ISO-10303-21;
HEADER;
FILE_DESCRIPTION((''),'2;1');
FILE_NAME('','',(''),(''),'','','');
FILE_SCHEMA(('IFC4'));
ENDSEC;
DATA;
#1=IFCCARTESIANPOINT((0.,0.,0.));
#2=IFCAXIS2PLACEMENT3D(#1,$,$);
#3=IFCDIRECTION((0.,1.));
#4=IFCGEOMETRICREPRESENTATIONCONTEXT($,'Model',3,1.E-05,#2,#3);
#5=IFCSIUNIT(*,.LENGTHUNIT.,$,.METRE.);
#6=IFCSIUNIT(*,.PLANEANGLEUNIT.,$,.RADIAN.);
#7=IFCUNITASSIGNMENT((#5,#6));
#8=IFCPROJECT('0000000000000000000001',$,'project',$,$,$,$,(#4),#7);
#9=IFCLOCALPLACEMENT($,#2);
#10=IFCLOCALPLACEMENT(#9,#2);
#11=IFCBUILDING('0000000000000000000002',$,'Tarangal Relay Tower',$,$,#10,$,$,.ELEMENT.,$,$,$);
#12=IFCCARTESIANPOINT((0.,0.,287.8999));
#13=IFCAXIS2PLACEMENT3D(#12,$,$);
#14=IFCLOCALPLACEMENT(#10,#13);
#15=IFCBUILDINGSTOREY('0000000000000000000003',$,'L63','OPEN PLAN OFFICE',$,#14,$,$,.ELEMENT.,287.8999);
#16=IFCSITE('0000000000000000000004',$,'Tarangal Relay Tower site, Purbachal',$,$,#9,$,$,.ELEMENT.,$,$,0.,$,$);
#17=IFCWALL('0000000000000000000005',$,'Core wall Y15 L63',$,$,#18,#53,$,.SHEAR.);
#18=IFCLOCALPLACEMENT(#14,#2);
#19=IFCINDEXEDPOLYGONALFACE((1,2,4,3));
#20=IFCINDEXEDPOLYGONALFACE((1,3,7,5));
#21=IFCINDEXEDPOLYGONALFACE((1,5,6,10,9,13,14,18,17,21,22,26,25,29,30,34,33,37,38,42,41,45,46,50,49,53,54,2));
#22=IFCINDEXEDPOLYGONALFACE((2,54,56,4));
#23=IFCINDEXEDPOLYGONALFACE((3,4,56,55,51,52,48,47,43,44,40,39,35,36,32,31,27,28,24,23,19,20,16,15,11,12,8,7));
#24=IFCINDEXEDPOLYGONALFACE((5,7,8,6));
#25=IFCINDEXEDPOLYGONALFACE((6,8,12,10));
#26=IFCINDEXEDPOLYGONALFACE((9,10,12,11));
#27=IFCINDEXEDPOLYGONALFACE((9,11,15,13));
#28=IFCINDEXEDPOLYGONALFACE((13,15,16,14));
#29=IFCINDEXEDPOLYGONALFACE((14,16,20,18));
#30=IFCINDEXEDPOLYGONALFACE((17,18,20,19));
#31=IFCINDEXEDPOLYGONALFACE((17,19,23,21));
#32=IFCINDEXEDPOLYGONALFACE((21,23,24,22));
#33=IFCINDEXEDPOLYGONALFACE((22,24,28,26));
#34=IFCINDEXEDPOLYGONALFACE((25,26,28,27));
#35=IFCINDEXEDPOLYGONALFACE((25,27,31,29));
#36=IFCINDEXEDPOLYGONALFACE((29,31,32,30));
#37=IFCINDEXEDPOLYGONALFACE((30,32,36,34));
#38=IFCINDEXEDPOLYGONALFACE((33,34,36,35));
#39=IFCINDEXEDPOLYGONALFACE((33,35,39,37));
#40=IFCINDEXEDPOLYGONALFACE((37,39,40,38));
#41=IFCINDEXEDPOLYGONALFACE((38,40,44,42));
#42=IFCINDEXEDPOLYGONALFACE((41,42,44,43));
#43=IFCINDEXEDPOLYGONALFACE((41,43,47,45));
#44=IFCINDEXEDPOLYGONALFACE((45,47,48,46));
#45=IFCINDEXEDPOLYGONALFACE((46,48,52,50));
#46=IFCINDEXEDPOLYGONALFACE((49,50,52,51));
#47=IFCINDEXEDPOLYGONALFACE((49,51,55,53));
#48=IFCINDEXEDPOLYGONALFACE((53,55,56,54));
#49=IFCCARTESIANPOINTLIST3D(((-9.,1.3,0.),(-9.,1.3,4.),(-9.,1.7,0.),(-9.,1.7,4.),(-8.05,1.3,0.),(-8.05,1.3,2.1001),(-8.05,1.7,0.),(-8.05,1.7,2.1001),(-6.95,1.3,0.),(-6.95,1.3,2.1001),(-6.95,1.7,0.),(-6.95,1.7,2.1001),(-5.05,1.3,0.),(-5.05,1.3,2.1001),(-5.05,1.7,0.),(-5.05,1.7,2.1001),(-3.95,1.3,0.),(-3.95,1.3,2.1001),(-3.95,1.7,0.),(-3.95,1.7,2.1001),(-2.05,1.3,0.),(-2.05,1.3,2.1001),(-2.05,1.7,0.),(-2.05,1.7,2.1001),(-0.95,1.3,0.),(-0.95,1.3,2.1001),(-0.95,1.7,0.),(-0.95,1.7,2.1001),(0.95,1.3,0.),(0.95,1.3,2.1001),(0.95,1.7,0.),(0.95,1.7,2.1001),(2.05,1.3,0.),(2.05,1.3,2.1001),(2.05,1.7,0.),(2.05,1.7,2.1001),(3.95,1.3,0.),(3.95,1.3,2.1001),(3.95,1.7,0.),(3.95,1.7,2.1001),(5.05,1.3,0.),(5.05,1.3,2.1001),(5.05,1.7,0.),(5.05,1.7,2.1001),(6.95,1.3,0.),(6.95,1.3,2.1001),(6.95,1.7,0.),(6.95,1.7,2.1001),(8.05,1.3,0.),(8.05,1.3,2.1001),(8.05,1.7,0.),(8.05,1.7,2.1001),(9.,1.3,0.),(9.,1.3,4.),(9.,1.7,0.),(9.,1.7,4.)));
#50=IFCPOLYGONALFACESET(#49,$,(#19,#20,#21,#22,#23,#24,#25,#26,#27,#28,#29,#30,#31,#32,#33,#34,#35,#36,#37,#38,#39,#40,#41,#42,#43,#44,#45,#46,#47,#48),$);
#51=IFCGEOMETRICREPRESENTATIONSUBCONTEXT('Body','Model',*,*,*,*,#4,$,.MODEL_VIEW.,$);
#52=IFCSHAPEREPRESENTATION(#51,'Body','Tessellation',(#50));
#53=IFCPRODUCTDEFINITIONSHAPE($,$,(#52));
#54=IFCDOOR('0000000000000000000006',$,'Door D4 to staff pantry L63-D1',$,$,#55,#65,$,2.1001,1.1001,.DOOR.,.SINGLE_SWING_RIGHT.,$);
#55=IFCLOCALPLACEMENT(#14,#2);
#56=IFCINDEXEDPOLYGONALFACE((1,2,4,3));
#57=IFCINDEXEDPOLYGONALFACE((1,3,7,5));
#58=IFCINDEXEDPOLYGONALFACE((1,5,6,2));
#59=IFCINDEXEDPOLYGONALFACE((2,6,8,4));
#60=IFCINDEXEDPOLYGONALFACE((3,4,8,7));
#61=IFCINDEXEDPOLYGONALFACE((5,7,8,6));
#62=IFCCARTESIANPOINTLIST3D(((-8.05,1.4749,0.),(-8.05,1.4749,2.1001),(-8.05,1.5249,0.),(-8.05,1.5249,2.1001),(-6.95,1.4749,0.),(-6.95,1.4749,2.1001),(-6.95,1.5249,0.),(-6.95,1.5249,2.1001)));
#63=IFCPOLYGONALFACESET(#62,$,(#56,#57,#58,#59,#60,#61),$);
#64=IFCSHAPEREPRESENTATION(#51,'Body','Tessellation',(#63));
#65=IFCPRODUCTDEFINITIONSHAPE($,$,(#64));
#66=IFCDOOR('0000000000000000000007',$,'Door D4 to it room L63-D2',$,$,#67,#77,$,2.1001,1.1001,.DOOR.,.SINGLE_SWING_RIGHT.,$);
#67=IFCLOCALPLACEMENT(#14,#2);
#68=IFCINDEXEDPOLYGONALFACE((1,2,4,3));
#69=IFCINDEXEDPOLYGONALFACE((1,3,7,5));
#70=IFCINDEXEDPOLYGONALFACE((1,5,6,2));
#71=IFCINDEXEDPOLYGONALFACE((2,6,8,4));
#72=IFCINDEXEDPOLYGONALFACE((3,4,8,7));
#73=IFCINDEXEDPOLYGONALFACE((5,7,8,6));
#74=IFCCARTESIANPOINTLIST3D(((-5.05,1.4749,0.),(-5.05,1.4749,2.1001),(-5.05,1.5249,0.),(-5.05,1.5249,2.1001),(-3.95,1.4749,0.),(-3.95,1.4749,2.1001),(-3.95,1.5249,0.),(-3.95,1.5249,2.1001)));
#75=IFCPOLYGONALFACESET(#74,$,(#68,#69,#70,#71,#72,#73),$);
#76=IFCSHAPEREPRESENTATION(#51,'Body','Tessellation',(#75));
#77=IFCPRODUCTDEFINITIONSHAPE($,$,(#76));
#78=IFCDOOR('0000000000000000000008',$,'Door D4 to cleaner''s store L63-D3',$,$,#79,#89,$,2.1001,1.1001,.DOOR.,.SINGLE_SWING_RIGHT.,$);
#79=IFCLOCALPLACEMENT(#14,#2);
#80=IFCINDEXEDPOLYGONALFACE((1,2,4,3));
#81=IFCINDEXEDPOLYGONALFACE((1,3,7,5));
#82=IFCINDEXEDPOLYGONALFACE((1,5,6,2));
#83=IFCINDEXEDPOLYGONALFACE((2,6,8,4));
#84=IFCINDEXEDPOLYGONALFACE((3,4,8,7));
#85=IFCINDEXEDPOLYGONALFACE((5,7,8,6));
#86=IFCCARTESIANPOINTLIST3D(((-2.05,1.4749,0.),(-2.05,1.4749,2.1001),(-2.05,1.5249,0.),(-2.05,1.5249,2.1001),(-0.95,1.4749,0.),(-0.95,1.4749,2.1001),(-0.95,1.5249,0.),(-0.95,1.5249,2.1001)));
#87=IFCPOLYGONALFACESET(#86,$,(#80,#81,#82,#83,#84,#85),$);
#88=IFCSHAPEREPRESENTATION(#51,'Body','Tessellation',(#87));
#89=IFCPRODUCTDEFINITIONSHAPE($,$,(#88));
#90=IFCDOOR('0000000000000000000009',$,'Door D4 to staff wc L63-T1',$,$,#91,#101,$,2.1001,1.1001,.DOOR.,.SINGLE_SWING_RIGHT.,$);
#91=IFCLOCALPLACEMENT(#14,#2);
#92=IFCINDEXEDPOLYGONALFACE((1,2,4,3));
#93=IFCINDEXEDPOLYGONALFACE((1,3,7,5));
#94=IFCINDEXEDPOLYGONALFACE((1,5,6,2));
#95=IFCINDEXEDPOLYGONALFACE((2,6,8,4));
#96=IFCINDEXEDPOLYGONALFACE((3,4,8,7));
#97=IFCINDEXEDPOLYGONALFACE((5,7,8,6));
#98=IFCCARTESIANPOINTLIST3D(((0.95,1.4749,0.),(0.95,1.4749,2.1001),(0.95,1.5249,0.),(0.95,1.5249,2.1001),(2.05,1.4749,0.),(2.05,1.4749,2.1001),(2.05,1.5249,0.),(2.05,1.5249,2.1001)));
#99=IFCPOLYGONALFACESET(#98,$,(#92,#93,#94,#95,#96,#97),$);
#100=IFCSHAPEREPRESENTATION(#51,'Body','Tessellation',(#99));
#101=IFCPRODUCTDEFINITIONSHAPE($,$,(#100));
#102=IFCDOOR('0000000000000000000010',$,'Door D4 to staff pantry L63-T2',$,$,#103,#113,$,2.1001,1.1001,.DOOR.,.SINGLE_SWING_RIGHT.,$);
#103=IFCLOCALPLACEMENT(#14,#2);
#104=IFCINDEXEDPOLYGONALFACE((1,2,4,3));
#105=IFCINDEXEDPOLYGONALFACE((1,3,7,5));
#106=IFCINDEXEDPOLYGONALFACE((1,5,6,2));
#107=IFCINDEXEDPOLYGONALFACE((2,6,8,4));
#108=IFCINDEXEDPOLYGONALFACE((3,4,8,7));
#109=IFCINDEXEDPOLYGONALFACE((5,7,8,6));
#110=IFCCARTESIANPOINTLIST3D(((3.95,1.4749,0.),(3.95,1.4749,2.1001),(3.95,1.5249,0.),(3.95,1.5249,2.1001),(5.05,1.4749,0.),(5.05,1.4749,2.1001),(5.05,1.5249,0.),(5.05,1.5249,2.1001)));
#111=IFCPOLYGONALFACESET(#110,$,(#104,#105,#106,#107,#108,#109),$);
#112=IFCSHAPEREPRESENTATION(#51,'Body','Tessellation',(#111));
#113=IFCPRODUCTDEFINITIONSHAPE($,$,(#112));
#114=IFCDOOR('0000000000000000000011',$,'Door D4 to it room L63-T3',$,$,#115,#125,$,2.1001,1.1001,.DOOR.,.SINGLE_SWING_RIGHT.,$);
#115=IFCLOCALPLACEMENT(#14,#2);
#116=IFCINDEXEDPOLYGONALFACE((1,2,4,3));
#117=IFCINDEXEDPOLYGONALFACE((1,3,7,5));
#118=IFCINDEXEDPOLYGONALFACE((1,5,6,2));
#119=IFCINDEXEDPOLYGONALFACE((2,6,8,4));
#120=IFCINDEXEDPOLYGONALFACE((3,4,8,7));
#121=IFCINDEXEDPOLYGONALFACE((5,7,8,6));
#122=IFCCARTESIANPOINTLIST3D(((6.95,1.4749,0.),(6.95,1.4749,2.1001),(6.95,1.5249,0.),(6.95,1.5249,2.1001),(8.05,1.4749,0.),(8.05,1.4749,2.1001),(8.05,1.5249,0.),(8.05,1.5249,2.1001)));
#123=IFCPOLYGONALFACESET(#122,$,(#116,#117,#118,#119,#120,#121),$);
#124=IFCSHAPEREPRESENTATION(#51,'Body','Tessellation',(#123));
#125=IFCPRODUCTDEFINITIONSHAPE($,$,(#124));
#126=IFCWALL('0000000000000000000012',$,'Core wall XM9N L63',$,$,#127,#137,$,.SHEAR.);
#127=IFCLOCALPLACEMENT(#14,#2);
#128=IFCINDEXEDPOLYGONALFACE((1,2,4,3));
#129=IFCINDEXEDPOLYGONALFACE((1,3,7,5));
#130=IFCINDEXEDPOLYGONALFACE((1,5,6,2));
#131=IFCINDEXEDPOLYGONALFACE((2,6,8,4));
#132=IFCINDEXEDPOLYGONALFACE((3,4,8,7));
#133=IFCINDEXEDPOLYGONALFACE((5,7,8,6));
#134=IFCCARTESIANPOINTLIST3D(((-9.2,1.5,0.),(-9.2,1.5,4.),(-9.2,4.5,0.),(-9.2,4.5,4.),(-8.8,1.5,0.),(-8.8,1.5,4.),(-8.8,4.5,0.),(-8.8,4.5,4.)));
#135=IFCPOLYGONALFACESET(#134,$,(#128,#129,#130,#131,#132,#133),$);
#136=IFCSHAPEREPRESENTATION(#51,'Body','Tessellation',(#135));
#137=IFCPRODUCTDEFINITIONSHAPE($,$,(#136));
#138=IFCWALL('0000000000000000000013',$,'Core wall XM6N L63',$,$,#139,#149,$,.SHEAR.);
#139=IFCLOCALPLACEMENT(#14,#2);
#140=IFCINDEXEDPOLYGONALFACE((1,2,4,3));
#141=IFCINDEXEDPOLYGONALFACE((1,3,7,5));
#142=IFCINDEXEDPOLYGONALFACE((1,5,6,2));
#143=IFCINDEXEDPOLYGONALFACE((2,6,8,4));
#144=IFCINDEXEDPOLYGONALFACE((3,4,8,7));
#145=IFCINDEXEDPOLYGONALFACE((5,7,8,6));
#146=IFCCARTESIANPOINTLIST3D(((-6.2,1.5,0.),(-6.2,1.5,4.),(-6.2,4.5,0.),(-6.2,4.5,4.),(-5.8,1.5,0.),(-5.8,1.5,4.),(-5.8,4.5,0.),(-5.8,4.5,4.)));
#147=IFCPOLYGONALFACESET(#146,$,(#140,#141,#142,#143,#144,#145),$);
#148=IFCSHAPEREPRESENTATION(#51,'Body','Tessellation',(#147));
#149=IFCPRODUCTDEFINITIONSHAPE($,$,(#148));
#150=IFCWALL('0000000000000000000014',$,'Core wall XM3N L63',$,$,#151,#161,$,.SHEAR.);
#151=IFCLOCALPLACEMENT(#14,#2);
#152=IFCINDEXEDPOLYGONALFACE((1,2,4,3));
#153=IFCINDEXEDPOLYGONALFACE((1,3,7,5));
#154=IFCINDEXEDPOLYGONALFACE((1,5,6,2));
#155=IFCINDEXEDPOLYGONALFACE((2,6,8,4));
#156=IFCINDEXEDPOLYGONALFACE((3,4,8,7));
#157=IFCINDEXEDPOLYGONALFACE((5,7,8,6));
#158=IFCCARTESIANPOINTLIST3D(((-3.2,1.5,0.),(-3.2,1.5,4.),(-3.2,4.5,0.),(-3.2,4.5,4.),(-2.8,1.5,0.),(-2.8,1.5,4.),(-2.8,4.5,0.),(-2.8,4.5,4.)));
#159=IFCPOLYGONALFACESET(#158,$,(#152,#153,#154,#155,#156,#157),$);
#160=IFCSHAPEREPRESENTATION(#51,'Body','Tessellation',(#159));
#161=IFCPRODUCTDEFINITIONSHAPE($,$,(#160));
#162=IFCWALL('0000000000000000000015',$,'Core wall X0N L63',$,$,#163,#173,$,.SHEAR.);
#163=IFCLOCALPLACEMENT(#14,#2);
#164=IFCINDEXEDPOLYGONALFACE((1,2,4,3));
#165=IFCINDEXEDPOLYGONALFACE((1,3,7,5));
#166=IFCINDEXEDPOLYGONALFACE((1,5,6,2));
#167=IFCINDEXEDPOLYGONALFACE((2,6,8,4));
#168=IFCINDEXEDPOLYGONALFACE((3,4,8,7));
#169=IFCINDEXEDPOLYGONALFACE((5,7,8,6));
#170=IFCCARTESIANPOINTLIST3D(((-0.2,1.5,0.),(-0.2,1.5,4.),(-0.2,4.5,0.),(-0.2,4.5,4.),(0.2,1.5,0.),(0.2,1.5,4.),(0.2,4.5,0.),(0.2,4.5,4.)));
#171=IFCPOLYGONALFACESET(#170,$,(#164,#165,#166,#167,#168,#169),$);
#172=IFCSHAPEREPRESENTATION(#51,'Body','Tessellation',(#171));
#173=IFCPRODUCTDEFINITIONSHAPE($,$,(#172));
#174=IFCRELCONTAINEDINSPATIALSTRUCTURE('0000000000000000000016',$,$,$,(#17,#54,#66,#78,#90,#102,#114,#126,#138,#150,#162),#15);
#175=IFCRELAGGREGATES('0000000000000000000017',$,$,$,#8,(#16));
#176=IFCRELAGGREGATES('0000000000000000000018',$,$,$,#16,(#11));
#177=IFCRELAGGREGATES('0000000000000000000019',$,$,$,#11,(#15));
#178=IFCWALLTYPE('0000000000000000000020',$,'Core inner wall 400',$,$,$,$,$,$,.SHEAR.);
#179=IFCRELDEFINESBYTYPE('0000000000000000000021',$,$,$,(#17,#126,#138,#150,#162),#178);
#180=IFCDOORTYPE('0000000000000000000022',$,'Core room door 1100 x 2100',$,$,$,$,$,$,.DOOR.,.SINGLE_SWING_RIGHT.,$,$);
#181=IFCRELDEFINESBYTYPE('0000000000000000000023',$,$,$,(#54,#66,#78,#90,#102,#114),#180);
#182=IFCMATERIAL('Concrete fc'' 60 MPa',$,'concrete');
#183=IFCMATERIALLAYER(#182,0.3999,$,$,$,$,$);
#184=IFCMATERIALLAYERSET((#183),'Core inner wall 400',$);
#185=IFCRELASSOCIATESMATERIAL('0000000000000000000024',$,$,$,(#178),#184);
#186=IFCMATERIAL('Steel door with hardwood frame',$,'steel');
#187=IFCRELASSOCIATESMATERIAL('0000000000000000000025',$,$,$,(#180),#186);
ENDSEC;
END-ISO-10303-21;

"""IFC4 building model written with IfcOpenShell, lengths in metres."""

from ifc_helpers import new_model, si_unit, direction, frame, frame_2d, origin, place, context, subcontext, project, spatial, rectangle, extrude, material, layer, layer_set, type_object, element, fill, save


model = new_model("IFC4")

# Units and contexts
model_context = context("Model", 3, precision=1e-05, world=origin(), true_north=direction((0.0, 1.0)))
body_context = subcontext(model_context, "Body", "Model", "MODEL_VIEW")
ifc_project = project(units=[si_unit("LENGTHUNIT", "METRE"), si_unit("PLANEANGLEUNIT", "RADIAN")], contexts=[model_context])

# Site, building, storey
site_placement = place(None, origin())
site = spatial("IfcSite", under=ifc_project, at=site_placement, Name="Tarangal Relay Tower site, Purbachal", CompositionType="ELEMENT", RefElevation=0.0)
building_placement = place(site_placement, origin())
building = spatial("IfcBuilding", under=site, at=building_placement, Name="Tarangal Relay Tower", CompositionType="ELEMENT")
storey_placement = place(building_placement, frame((0.0, 0.0, 287.8999)))
storey = spatial("IfcBuildingStorey", under=building, at=storey_placement, Name="L63", Description="OPEN PLAN OFFICE", CompositionType="ELEMENT", Elevation=287.8999)

# Wall, openings, doors
ifc_material_1 = material(Name="Concrete fc' 60 MPa", Category="concrete")
ifc_layer_1 = layer(ifc_material_1, 0.3999)
ifc_layer_set_1 = layer_set([ifc_layer_1], Name="Core inner wall 400")
wall_type_1 = type_object("IfcWallType", Name="Core inner wall 400", PredefinedType="SHEAR", material=ifc_layer_set_1)
wall_1_placement = place(storey_placement, frame((-9.0, 1.5, 0.0), z_axis=(0.0, 0.0, 1.0), x_axis=(1.0, 0.0, 0.0)))
wall_1 = element("IfcWall", 1, at=wall_1_placement, inside=storey, type_object=wall_type_1, Name="Core wall Y15 L63", PredefinedType="SHEAR", context=body_context, shape_type="SweptSolid", body=[
    extrude(rectangle(XDim=18.0, YDim=0.3999, at=frame_2d((9.0, 0.0))), origin(), (0.0, 0.0, 1.0), 4.0),
])
opening_1_placement = place(wall_1_placement, frame((0.95, 0.0, 0.0)))
opening_1 = element("IfcOpeningElement", 2, at=opening_1_placement, cuts=wall_1, PredefinedType="OPENING", context=body_context, shape_type="SweptSolid", body=[
    extrude(rectangle(XDim=1.1001, YDim=2.1001, at=frame_2d((0.55, 1.05))), frame((0.0, 0.21, 0.0), z_axis=(0.0, -1.0, 0.0), x_axis=(1.0, 0.0, 0.0)), (0.0, 0.0, 1.0), 0.4199),
])
opening_2_placement = place(wall_1_placement, frame((3.95, 0.0, 0.0)))
opening_2 = element("IfcOpeningElement", 3, at=opening_2_placement, cuts=wall_1, PredefinedType="OPENING", context=body_context, shape_type="SweptSolid", body=[
    extrude(rectangle(XDim=1.1001, YDim=2.1001, at=frame_2d((0.55, 1.05))), frame((0.0, 0.21, 0.0), z_axis=(0.0, -1.0, 0.0), x_axis=(1.0, 0.0, 0.0)), (0.0, 0.0, 1.0), 0.4199),
])
opening_3_placement = place(wall_1_placement, frame((6.95, 0.0, 0.0)))
opening_3 = element("IfcOpeningElement", 4, at=opening_3_placement, cuts=wall_1, PredefinedType="OPENING", context=body_context, shape_type="SweptSolid", body=[
    extrude(rectangle(XDim=1.1001, YDim=2.1001, at=frame_2d((0.55, 1.05))), frame((0.0, 0.21, 0.0), z_axis=(0.0, -1.0, 0.0), x_axis=(1.0, 0.0, 0.0)), (0.0, 0.0, 1.0), 0.4199),
])
opening_4_placement = place(wall_1_placement, frame((9.95, 0.0, 0.0)))
opening_4 = element("IfcOpeningElement", 5, at=opening_4_placement, cuts=wall_1, PredefinedType="OPENING", context=body_context, shape_type="SweptSolid", body=[
    extrude(rectangle(XDim=1.1001, YDim=2.1001, at=frame_2d((0.55, 1.05))), frame((0.0, 0.21, 0.0), z_axis=(0.0, -1.0, 0.0), x_axis=(1.0, 0.0, 0.0)), (0.0, 0.0, 1.0), 0.4199),
])
opening_5_placement = place(wall_1_placement, frame((12.95, 0.0, 0.0)))
opening_5 = element("IfcOpeningElement", 6, at=opening_5_placement, cuts=wall_1, PredefinedType="OPENING", context=body_context, shape_type="SweptSolid", body=[
    extrude(rectangle(XDim=1.1001, YDim=2.1001, at=frame_2d((0.55, 1.05))), frame((0.0, 0.21, 0.0), z_axis=(0.0, -1.0, 0.0), x_axis=(1.0, 0.0, 0.0)), (0.0, 0.0, 1.0), 0.4199),
])
opening_6_placement = place(wall_1_placement, frame((15.95, 0.0, 0.0)))
opening_6 = element("IfcOpeningElement", 7, at=opening_6_placement, cuts=wall_1, PredefinedType="OPENING", context=body_context, shape_type="SweptSolid", body=[
    extrude(rectangle(XDim=1.1001, YDim=2.1001, at=frame_2d((0.55, 1.05))), frame((0.0, 0.21, 0.0), z_axis=(0.0, -1.0, 0.0), x_axis=(1.0, 0.0, 0.0)), (0.0, 0.0, 1.0), 0.4199),
])
ifc_material_2 = material(Name="Steel door with hardwood frame", Category="steel")
door_type_1 = type_object("IfcDoorType", Name="Core room door 1100 x 2100", OperationType="SINGLE_SWING_RIGHT", PredefinedType="DOOR", material=ifc_material_2)
door_1_placement = place(opening_1_placement, origin())
door_1 = element("IfcDoor", 8, at=door_1_placement, inside=storey, type_object=door_type_1, Name="Door D4 to staff pantry L63-D1", OperationType="SINGLE_SWING_RIGHT", OverallHeight=2.1001, OverallWidth=1.1001, PredefinedType="DOOR", context=body_context, shape_type="SweptSolid", body=[
    extrude(rectangle(XDim=1.1001, YDim=2.1001, at=frame_2d((0.55, 1.05))), frame((0.0, 0.0249, 0.0), z_axis=(0.0, -1.0, 0.0), x_axis=(1.0, 0.0, 0.0)), (0.0, 0.0, 1.0), 0.05),
])
fill(opening_1, door_1)
door_2_placement = place(opening_2_placement, origin())
door_2 = element("IfcDoor", 9, at=door_2_placement, inside=storey, type_object=door_type_1, Name="Door D4 to it room L63-D2", OperationType="SINGLE_SWING_RIGHT", OverallHeight=2.1001, OverallWidth=1.1001, PredefinedType="DOOR", context=body_context, shape_type="SweptSolid", body=[
    extrude(rectangle(XDim=1.1001, YDim=2.1001, at=frame_2d((0.55, 1.05))), frame((0.0, 0.0249, 0.0), z_axis=(0.0, -1.0, 0.0), x_axis=(1.0, 0.0, 0.0)), (0.0, 0.0, 1.0), 0.05),
])
fill(opening_2, door_2)
door_3_placement = place(opening_3_placement, origin())
door_3 = element("IfcDoor", 10, at=door_3_placement, inside=storey, type_object=door_type_1, Name="Door D4 to cleaner's store L63-D3", OperationType="SINGLE_SWING_RIGHT", OverallHeight=2.1001, OverallWidth=1.1001, PredefinedType="DOOR", context=body_context, shape_type="SweptSolid", body=[
    extrude(rectangle(XDim=1.1001, YDim=2.1001, at=frame_2d((0.55, 1.05))), frame((0.0, 0.0249, 0.0), z_axis=(0.0, -1.0, 0.0), x_axis=(1.0, 0.0, 0.0)), (0.0, 0.0, 1.0), 0.05),
])
fill(opening_3, door_3)
door_4_placement = place(opening_4_placement, origin())
door_4 = element("IfcDoor", 11, at=door_4_placement, inside=storey, type_object=door_type_1, Name="Door D4 to staff wc L63-T1", OperationType="SINGLE_SWING_RIGHT", OverallHeight=2.1001, OverallWidth=1.1001, PredefinedType="DOOR", context=body_context, shape_type="SweptSolid", body=[
    extrude(rectangle(XDim=1.1001, YDim=2.1001, at=frame_2d((0.55, 1.05))), frame((0.0, 0.0249, 0.0), z_axis=(0.0, -1.0, 0.0), x_axis=(1.0, 0.0, 0.0)), (0.0, 0.0, 1.0), 0.05),
])
fill(opening_4, door_4)
door_5_placement = place(opening_5_placement, origin())
door_5 = element("IfcDoor", 12, at=door_5_placement, inside=storey, type_object=door_type_1, Name="Door D4 to staff pantry L63-T2", OperationType="SINGLE_SWING_RIGHT", OverallHeight=2.1001, OverallWidth=1.1001, PredefinedType="DOOR", context=body_context, shape_type="SweptSolid", body=[
    extrude(rectangle(XDim=1.1001, YDim=2.1001, at=frame_2d((0.55, 1.05))), frame((0.0, 0.0249, 0.0), z_axis=(0.0, -1.0, 0.0), x_axis=(1.0, 0.0, 0.0)), (0.0, 0.0, 1.0), 0.05),
])
fill(opening_5, door_5)
door_6_placement = place(opening_6_placement, origin())
door_6 = element("IfcDoor", 13, at=door_6_placement, inside=storey, type_object=door_type_1, Name="Door D4 to it room L63-T3", OperationType="SINGLE_SWING_RIGHT", OverallHeight=2.1001, OverallWidth=1.1001, PredefinedType="DOOR", context=body_context, shape_type="SweptSolid", body=[
    extrude(rectangle(XDim=1.1001, YDim=2.1001, at=frame_2d((0.55, 1.05))), frame((0.0, 0.0249, 0.0), z_axis=(0.0, -1.0, 0.0), x_axis=(1.0, 0.0, 0.0)), (0.0, 0.0, 1.0), 0.05),
])
fill(opening_6, door_6)

# Walls
for number, where, z_axis, x_axis, name in (
    (14, (-9.0, 1.5, 0.0), (0.0, 0.0, 1.0), (0.0, 1.0, 0.0), "Core wall XM9N L63"),
    (15, (-6.0, 1.5, 0.0), (0.0, 0.0, 1.0), (0.0, 1.0, 0.0), "Core wall XM6N L63"),
    (16, (-3.0, 1.5, 0.0), (0.0, 0.0, 1.0), (0.0, 1.0, 0.0), "Core wall XM3N L63"),
    (17, (0.0, 1.5, 0.0), (0.0, 0.0, 1.0), (0.0, 1.0, 0.0), "Core wall X0N L63"),
):
    element("IfcWall", number, at=place(storey_placement, frame(where, z_axis=z_axis, x_axis=x_axis)), inside=storey, type_object=wall_type_1, Name=name, PredefinedType="SHEAR", context=body_context, shape_type="SweptSolid", body=[
        extrude(rectangle(XDim=3.0, YDim=0.3999, at=frame_2d((1.5, 0.0))), origin(), (0.0, 0.0, 1.0), 4.0),
    ])

save(model, "model.ifc")
